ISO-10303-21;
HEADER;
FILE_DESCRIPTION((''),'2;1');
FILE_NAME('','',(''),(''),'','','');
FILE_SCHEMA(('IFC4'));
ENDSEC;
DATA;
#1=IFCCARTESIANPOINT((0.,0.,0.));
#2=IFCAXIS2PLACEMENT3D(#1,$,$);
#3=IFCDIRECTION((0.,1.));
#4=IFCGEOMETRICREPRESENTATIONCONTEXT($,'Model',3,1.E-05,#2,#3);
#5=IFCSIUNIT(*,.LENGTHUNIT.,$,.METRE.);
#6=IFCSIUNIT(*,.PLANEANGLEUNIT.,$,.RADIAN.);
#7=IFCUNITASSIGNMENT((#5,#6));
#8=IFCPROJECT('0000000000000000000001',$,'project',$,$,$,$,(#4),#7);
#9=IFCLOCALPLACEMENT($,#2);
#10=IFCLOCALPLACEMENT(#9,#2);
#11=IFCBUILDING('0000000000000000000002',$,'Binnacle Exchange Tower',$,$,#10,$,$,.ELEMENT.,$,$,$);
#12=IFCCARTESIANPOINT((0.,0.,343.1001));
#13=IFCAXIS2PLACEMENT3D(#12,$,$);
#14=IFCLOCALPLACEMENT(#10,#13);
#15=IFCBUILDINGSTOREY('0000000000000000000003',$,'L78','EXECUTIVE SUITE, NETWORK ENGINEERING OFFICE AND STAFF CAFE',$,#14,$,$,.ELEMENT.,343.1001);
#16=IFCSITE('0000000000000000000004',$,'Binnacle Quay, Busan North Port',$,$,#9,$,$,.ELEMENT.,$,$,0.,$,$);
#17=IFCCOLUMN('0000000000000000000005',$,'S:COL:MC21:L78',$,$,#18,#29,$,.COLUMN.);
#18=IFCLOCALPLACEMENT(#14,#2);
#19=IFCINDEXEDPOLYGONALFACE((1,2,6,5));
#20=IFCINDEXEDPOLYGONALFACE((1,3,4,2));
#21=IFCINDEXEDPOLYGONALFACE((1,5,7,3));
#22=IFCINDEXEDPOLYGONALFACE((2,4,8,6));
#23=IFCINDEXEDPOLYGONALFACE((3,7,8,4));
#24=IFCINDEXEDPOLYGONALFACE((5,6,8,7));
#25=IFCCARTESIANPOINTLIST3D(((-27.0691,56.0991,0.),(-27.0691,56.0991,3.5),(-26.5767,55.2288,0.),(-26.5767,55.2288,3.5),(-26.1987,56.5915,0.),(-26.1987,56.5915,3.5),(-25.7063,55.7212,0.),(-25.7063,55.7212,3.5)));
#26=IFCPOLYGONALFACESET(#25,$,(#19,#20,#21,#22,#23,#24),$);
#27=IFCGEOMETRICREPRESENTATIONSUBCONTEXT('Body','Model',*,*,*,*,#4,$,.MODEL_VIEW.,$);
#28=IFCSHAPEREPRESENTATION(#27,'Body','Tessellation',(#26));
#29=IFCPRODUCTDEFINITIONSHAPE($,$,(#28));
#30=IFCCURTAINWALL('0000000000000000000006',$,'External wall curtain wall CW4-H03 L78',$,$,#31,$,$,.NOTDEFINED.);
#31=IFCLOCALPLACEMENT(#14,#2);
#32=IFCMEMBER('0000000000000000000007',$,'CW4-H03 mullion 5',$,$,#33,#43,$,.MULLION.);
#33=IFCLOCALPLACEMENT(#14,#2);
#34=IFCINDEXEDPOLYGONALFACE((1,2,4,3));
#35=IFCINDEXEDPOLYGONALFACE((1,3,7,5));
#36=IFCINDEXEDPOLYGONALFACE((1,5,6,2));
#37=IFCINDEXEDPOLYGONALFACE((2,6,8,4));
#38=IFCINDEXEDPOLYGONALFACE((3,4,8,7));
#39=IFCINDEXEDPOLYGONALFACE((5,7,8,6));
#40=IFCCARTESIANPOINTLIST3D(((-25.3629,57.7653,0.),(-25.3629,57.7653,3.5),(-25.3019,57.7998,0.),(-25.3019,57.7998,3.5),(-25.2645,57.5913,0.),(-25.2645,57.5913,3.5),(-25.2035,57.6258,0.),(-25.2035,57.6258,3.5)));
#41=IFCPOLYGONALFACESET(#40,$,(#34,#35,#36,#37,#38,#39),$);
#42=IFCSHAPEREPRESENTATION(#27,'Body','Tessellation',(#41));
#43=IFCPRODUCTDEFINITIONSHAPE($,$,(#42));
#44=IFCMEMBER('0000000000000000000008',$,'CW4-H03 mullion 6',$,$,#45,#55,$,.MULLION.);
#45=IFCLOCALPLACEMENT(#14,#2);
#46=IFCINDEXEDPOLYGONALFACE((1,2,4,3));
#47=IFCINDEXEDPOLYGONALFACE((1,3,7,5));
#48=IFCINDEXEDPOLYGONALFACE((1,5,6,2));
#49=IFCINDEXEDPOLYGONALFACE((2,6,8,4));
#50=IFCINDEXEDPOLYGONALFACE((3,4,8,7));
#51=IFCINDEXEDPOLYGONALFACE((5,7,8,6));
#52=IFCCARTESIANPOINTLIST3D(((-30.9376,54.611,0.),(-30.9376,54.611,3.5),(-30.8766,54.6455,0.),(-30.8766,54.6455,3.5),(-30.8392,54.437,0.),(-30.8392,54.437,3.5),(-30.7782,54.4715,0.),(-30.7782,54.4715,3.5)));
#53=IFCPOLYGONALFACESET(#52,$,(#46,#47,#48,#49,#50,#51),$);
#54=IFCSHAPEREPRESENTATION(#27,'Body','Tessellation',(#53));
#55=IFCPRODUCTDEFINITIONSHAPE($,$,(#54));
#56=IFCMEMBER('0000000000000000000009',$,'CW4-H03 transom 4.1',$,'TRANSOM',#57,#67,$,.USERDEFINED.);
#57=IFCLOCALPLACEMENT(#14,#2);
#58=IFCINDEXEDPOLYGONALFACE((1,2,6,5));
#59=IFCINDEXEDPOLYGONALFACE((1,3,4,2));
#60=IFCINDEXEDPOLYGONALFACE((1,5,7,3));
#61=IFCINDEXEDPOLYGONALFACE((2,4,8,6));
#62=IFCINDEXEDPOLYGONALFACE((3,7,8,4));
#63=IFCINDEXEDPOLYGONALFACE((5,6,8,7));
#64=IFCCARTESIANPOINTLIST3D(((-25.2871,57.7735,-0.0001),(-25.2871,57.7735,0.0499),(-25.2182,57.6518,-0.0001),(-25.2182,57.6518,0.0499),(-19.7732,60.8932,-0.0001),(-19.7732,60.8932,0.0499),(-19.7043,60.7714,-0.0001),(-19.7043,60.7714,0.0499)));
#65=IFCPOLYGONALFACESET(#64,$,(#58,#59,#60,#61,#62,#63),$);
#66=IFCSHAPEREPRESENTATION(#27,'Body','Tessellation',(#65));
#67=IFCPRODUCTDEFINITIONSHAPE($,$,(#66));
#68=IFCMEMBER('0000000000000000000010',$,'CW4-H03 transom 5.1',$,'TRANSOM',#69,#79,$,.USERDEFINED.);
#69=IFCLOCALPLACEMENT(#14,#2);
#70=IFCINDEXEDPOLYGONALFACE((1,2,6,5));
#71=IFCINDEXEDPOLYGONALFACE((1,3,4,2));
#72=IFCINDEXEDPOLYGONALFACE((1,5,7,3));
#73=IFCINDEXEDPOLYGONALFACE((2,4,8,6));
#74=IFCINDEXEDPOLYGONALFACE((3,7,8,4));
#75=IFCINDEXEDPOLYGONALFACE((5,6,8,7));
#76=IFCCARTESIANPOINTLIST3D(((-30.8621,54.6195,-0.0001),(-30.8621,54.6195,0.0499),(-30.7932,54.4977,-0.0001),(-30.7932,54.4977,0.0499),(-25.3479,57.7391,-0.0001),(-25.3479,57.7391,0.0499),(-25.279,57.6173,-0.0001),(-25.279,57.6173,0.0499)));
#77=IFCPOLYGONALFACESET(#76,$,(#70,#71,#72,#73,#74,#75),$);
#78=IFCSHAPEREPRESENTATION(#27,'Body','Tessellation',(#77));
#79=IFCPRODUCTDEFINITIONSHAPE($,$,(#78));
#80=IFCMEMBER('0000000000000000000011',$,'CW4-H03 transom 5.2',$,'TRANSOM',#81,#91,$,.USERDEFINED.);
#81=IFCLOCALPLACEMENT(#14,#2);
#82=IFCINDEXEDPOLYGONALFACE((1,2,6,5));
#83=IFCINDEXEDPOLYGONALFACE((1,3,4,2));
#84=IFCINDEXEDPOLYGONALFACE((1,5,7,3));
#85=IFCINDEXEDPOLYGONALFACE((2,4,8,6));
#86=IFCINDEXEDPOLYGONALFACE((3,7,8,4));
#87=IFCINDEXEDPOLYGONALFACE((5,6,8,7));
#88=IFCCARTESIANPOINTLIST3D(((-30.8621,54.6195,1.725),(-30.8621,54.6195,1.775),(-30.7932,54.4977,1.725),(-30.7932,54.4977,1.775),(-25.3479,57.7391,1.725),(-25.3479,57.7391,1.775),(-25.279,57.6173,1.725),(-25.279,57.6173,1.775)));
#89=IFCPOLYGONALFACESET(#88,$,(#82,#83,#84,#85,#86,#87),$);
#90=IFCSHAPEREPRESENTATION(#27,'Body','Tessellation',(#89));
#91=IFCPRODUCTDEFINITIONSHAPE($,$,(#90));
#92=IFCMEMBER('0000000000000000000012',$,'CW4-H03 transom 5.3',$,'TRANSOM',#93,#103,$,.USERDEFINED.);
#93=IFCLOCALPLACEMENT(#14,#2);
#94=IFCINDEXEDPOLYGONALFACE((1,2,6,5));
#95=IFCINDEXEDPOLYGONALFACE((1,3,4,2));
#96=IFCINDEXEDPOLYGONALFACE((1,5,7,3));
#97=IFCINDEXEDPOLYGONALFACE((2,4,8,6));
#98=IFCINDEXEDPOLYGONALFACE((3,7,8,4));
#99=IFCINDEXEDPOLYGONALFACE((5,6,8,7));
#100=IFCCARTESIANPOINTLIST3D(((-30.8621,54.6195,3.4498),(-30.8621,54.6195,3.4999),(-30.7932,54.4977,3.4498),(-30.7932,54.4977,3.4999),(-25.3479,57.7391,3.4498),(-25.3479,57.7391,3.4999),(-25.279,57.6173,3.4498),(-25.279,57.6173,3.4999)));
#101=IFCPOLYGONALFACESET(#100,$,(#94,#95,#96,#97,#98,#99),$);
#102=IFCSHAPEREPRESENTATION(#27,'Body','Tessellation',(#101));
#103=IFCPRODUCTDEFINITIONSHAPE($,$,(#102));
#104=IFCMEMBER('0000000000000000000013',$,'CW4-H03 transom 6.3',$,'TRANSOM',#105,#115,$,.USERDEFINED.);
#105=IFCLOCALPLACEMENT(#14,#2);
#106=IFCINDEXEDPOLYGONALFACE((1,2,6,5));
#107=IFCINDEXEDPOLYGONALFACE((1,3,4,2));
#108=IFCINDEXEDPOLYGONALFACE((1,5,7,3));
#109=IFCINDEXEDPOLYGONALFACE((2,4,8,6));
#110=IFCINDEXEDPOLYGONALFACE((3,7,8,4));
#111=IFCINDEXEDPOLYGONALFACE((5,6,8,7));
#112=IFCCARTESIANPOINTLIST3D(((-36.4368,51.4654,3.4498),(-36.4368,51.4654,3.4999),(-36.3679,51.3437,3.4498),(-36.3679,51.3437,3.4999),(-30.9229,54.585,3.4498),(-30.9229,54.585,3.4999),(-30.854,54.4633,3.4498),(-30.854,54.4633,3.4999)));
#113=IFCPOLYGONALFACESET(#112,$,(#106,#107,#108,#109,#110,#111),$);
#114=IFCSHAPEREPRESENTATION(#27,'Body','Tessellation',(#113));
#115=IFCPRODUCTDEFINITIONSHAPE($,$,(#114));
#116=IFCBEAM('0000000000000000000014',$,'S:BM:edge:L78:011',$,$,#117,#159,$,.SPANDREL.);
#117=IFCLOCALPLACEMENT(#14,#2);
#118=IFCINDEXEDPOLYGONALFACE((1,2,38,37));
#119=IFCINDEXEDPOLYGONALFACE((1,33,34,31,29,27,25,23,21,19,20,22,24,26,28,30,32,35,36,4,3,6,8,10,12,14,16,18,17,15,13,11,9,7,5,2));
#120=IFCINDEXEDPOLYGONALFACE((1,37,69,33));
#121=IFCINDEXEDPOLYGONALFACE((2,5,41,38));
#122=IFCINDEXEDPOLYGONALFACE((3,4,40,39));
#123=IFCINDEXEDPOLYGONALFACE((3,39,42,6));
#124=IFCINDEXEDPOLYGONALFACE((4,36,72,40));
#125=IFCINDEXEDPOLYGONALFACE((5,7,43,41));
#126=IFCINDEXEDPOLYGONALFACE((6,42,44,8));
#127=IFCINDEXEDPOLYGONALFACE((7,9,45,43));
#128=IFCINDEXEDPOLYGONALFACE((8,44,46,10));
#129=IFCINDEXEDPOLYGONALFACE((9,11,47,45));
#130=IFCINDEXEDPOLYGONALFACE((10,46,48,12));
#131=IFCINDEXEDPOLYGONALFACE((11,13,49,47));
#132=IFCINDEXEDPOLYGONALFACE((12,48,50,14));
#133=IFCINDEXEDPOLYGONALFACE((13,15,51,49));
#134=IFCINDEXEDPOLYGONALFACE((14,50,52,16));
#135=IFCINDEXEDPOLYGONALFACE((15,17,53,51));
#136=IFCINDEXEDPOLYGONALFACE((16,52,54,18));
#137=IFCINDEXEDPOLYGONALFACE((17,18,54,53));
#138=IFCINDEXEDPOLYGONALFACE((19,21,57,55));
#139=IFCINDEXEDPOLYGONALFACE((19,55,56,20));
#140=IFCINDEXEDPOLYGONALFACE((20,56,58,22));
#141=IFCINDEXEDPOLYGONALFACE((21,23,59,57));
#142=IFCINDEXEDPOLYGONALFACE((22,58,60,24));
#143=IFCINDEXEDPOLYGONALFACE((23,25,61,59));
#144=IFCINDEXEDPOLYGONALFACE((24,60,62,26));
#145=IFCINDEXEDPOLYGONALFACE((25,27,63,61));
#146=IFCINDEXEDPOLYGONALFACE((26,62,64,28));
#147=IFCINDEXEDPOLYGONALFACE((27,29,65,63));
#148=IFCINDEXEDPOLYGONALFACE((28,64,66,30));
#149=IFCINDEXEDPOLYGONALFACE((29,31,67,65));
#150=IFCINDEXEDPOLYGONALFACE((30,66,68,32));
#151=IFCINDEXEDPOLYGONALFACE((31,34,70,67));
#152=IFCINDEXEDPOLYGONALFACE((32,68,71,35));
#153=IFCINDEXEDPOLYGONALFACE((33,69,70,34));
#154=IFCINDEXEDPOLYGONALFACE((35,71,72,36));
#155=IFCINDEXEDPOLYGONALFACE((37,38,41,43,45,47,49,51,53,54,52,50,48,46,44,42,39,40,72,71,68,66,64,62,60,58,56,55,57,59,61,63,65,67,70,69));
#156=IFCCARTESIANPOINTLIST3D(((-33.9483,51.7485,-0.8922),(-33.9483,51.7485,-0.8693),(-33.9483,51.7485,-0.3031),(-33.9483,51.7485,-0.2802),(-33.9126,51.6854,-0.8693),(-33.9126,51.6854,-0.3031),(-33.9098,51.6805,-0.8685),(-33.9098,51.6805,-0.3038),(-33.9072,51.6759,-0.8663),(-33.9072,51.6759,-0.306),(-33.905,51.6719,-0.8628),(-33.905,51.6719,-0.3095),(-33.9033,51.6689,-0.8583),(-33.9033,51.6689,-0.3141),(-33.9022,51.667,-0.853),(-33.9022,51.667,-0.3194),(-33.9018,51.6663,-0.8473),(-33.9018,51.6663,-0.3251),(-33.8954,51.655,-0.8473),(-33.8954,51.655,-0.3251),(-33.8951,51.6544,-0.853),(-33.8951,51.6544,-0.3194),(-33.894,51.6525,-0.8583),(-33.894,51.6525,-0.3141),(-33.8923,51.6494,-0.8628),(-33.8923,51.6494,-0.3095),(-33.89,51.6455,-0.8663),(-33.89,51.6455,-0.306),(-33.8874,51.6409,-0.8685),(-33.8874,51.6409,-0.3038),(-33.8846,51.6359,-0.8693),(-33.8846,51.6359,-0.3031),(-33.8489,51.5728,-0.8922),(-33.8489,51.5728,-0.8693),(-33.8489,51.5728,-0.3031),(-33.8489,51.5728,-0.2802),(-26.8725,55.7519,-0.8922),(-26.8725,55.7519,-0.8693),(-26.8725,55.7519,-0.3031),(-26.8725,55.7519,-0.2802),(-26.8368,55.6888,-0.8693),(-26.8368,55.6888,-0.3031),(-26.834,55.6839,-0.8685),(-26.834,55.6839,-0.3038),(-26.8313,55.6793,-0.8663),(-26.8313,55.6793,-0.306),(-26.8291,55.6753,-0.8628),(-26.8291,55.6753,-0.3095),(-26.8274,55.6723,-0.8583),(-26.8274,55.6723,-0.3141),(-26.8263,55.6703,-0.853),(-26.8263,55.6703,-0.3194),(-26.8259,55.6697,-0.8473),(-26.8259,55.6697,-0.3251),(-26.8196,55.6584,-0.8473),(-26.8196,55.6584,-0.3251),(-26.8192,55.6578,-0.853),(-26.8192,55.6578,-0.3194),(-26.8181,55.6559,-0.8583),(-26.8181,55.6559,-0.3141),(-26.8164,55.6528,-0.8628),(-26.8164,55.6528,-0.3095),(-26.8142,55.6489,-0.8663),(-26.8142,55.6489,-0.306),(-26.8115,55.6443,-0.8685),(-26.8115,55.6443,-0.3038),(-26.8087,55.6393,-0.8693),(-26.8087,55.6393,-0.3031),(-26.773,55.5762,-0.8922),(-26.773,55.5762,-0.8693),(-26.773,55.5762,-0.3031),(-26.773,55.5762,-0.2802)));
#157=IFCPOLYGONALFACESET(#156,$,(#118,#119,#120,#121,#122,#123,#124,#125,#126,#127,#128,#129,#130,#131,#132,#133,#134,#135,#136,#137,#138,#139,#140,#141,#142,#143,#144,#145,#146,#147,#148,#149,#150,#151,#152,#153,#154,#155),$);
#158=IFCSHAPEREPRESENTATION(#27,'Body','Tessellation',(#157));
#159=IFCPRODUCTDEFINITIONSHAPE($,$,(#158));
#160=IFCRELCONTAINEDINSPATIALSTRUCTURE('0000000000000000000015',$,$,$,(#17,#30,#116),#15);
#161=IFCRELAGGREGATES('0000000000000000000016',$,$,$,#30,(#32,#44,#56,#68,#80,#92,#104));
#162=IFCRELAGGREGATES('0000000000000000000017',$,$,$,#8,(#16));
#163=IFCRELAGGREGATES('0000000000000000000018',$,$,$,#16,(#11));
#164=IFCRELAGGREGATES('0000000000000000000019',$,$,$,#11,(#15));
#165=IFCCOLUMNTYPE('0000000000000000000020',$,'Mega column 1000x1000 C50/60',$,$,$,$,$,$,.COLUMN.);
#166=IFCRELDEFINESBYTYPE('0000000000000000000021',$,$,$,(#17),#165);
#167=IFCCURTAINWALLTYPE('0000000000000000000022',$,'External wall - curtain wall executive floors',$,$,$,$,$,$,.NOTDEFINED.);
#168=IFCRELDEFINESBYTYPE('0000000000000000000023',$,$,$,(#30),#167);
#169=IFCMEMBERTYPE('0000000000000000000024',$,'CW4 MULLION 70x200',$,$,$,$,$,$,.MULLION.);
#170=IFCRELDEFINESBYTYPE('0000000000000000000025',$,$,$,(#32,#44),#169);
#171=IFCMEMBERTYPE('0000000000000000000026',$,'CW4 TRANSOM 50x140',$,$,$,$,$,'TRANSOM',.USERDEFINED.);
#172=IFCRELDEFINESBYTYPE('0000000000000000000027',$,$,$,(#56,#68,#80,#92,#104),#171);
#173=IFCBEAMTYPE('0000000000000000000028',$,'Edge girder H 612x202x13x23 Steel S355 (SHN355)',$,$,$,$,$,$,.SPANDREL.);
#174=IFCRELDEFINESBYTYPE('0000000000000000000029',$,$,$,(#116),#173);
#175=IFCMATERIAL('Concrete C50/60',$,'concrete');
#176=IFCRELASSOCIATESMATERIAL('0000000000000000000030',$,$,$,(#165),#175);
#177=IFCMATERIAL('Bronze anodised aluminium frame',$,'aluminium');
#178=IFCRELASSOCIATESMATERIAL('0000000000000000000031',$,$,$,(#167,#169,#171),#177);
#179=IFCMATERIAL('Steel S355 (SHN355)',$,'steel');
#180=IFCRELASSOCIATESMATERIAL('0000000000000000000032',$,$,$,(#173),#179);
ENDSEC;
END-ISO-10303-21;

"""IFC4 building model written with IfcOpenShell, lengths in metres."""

from ifc_helpers import new_model, si_unit, direction, frame, origin, origin_2d, place, context, subcontext, project, spatial, rectangle, i_section, extrude, material, material_profile, profile_set, type_object, element, aggregate, save


model = new_model("IFC4")

# Units and contexts
model_context = context("Model", 3, precision=1e-05, world=origin(), true_north=direction((0.0, 1.0)))
body_context = subcontext(model_context, "Body", "Model", "MODEL_VIEW")
ifc_project = project(units=[si_unit("LENGTHUNIT", "METRE"), si_unit("PLANEANGLEUNIT", "RADIAN")], contexts=[model_context])

# Site, building, storey
site_placement = place(None, origin())
site = spatial("IfcSite", under=ifc_project, at=site_placement, Name="Binnacle Quay, Busan North Port", CompositionType="ELEMENT", RefElevation=0.0)
building_placement = place(site_placement, origin())
building = spatial("IfcBuilding", under=site, at=building_placement, Name="Binnacle Exchange Tower", CompositionType="ELEMENT")
storey_placement = place(building_placement, frame((0.0, 0.0, 343.1001)))
storey = spatial("IfcBuildingStorey", under=building, at=storey_placement, Name="L78", Description="EXECUTIVE SUITE, NETWORK ENGINEERING OFFICE AND STAFF CAFE", CompositionType="ELEMENT", Elevation=343.1001)

# Column
ifc_material_1 = material(Name="Concrete C50/60", Category="concrete")
ifc_material_profile_1 = material_profile(ifc_material_1, rectangle(XDim=1.0, YDim=1.0, at=origin_2d()), Name="Mega column 1000x1000 C50/60")
ifc_profile_set_1 = profile_set([ifc_material_profile_1], Name="Concrete C50/60")
column_type = type_object("IfcColumnType", Name="Mega column 1000x1000 C50/60", PredefinedType="COLUMN", material=ifc_profile_set_1)
column_placement = place(storey_placement, frame((-26.3877, 55.9102, 0.0), z_axis=(0.0, 0.0, 1.0), x_axis=(-0.870356, -0.492424, 0.0)))
element("IfcColumn", 1, at=column_placement, inside=storey, type_object=column_type, Name="S:COL:MC21:L78", PredefinedType="COLUMN", context=body_context, shape_type="SweptSolid", body=[
    extrude(rectangle(XDim=1.0, YDim=1.0, at=origin_2d()), origin(), (0.0, 0.0, 1.0), 3.5),
])

# Curtain wall, members
ifc_material_2 = material(Name="Bronze anodised aluminium frame", Category="aluminium")
curtain_wall_type = type_object("IfcCurtainWallType", Name="External wall - curtain wall executive floors", PredefinedType="NOTDEFINED", material=ifc_material_2)
curtain_wall_placement = place(storey_placement, origin())
curtain_wall = element("IfcCurtainWall", 2, at=curtain_wall_placement, inside=storey, type_object=curtain_wall_type, Name="External wall curtain wall CW4-H03 L78", PredefinedType="NOTDEFINED")
ifc_material_profile_2 = material_profile(ifc_material_2, rectangle(XDim=0.2, YDim=0.0701, at=origin_2d()), Name="AL 70x200")
ifc_profile_set_2 = profile_set([ifc_material_profile_2], Name="Bronze anodised aluminium frame")
member_type_1 = type_object("IfcMemberType", Name="CW4 MULLION 70x200", PredefinedType="MULLION", material=ifc_profile_set_2)
member_1_placement = place(storey_placement, frame((-25.2832, 57.6956, 0.0), z_axis=(0.0, 0.0, 1.0), x_axis=(0.492424, -0.870356, 0.0)))
member_1 = element("IfcMember", 3, at=member_1_placement, type_object=member_type_1, Name="CW4-H03 mullion 5", PredefinedType="MULLION", context=body_context, shape_type="SweptSolid", body=[
    extrude(rectangle(XDim=0.2, YDim=0.0701, at=origin_2d()), origin(), (0.0, 0.0, 1.0), 3.5),
])
member_2_placement = place(storey_placement, frame((-30.8579, 54.5413, 0.0), z_axis=(0.0, 0.0, 1.0), x_axis=(0.492424, -0.870356, 0.0)))
member_2 = element("IfcMember", 4, at=member_2_placement, type_object=member_type_1, Name="CW4-H03 mullion 6", PredefinedType="MULLION", context=body_context, shape_type="SweptSolid", body=[
    extrude(rectangle(XDim=0.2, YDim=0.0701, at=origin_2d()), origin(), (0.0, 0.0, 1.0), 3.5),
])
ifc_material_profile_3 = material_profile(ifc_material_2, rectangle(XDim=0.1399, YDim=0.05, at=origin_2d()), Name="AL 140x50")
ifc_profile_set_3 = profile_set([ifc_material_profile_3], Name="Bronze anodised aluminium frame")
member_type_2 = type_object("IfcMemberType", Name="CW4 TRANSOM 50x140", ElementType="TRANSOM", PredefinedType="USERDEFINED", material=ifc_profile_set_3)
member_3_placement = place(storey_placement, frame((-19.7388, 60.8323, 0.0249), z_axis=(-0.870355, -0.492424, 0.0), x_axis=(0.492424, -0.870355, 0.0)))
member_3 = element("IfcMember", 5, at=member_3_placement, type_object=member_type_2, Name="CW4-H03 transom 4.1", ObjectType="TRANSOM", PredefinedType="USERDEFINED", context=body_context, shape_type="SweptSolid", body=[
    extrude(rectangle(XDim=0.1399, YDim=0.05, at=origin_2d()), origin(), (0.0, 0.0, 1.0), 6.3352),
])
member_4_placement = place(storey_placement, frame((-25.3135, 57.6782, 0.0249), z_axis=(-0.870365, -0.492408, 0.0), x_axis=(0.492408, -0.870365, 0.0)))
member_4 = element("IfcMember", 6, at=member_4_placement, type_object=member_type_2, Name="CW4-H03 transom 5.1", ObjectType="TRANSOM", PredefinedType="USERDEFINED", context=body_context, shape_type="SweptSolid", body=[
    extrude(rectangle(XDim=0.1399, YDim=0.05, at=origin_2d()), origin(), (0.0, 0.0, 1.0), 6.3354),
])
member_5_placement = place(storey_placement, frame((-25.3135, 57.6782, 1.75), z_axis=(-0.870365, -0.492408, 0.0), x_axis=(0.492408, -0.870365, 0.0)))
member_5 = element("IfcMember", 7, at=member_5_placement, type_object=member_type_2, Name="CW4-H03 transom 5.2", ObjectType="TRANSOM", PredefinedType="USERDEFINED", context=body_context, shape_type="SweptSolid", body=[
    extrude(rectangle(XDim=0.1399, YDim=0.05, at=origin_2d()), origin(), (0.0, 0.0, 1.0), 6.3354),
])
member_6_placement = place(storey_placement, frame((-25.3135, 57.6782, 3.4749), z_axis=(-0.870365, -0.492408, 0.0), x_axis=(0.492408, -0.870365, 0.0)))
member_6 = element("IfcMember", 8, at=member_6_placement, type_object=member_type_2, Name="CW4-H03 transom 5.3", ObjectType="TRANSOM", PredefinedType="USERDEFINED", context=body_context, shape_type="SweptSolid", body=[
    extrude(rectangle(XDim=0.1399, YDim=0.05, at=origin_2d()), origin(), (0.0, 0.0, 1.0), 6.3354),
])
member_7_placement = place(storey_placement, frame((-30.8884, 54.5242, 3.4749), z_axis=(-0.870355, -0.492424, 0.0), x_axis=(0.492424, -0.870355, 0.0)))
member_7 = element("IfcMember", 9, at=member_7_placement, type_object=member_type_2, Name="CW4-H03 transom 6.3", ObjectType="TRANSOM", PredefinedType="USERDEFINED", context=body_context, shape_type="SweptSolid", body=[
    extrude(rectangle(XDim=0.1399, YDim=0.05, at=origin_2d()), origin(), (0.0, 0.0, 1.0), 6.3352),
])

# Beam
ifc_material_3 = material(Name="Steel S355 (SHN355)", Category="steel")
ifc_material_profile_4 = material_profile(ifc_material_3, i_section(OverallWidth=0.2019, OverallDepth=0.6121, WebThickness=0.0129, FlangeThickness=0.0229, FilletRadius=0.022, at=origin_2d()), Name="H 612x202x13x23")
ifc_profile_set_4 = profile_set([ifc_material_profile_4], Name="Steel S355 (SHN355)")
beam_type_1 = type_object("IfcBeamType", Name="Edge girder H 612x202x13x23 Steel S355 (SHN355)", PredefinedType="SPANDREL", material=ifc_profile_set_4)
beam_1_placement = place(storey_placement, frame((-26.8228, 55.6641, -0.5862), z_axis=(-0.870353, -0.492428, 0.0), x_axis=(0.492428, -0.870353, 0.0)))
element("IfcBeam", 10, at=beam_1_placement, inside=storey, type_object=beam_type_1, Name="S:BM:edge:L78:011", PredefinedType="SPANDREL", context=body_context, shape_type="SweptSolid", body=[
    extrude(i_section(OverallWidth=0.2019, OverallDepth=0.6121, WebThickness=0.0129, FlangeThickness=0.0229, FilletRadius=0.022, at=origin_2d()), origin(), (0.0, 0.0, 1.0), 8.1299),
])

aggregate(curtain_wall, [member_1, member_2, member_3, member_4, member_5, member_6, member_7])

save(model, "model.ifc")
